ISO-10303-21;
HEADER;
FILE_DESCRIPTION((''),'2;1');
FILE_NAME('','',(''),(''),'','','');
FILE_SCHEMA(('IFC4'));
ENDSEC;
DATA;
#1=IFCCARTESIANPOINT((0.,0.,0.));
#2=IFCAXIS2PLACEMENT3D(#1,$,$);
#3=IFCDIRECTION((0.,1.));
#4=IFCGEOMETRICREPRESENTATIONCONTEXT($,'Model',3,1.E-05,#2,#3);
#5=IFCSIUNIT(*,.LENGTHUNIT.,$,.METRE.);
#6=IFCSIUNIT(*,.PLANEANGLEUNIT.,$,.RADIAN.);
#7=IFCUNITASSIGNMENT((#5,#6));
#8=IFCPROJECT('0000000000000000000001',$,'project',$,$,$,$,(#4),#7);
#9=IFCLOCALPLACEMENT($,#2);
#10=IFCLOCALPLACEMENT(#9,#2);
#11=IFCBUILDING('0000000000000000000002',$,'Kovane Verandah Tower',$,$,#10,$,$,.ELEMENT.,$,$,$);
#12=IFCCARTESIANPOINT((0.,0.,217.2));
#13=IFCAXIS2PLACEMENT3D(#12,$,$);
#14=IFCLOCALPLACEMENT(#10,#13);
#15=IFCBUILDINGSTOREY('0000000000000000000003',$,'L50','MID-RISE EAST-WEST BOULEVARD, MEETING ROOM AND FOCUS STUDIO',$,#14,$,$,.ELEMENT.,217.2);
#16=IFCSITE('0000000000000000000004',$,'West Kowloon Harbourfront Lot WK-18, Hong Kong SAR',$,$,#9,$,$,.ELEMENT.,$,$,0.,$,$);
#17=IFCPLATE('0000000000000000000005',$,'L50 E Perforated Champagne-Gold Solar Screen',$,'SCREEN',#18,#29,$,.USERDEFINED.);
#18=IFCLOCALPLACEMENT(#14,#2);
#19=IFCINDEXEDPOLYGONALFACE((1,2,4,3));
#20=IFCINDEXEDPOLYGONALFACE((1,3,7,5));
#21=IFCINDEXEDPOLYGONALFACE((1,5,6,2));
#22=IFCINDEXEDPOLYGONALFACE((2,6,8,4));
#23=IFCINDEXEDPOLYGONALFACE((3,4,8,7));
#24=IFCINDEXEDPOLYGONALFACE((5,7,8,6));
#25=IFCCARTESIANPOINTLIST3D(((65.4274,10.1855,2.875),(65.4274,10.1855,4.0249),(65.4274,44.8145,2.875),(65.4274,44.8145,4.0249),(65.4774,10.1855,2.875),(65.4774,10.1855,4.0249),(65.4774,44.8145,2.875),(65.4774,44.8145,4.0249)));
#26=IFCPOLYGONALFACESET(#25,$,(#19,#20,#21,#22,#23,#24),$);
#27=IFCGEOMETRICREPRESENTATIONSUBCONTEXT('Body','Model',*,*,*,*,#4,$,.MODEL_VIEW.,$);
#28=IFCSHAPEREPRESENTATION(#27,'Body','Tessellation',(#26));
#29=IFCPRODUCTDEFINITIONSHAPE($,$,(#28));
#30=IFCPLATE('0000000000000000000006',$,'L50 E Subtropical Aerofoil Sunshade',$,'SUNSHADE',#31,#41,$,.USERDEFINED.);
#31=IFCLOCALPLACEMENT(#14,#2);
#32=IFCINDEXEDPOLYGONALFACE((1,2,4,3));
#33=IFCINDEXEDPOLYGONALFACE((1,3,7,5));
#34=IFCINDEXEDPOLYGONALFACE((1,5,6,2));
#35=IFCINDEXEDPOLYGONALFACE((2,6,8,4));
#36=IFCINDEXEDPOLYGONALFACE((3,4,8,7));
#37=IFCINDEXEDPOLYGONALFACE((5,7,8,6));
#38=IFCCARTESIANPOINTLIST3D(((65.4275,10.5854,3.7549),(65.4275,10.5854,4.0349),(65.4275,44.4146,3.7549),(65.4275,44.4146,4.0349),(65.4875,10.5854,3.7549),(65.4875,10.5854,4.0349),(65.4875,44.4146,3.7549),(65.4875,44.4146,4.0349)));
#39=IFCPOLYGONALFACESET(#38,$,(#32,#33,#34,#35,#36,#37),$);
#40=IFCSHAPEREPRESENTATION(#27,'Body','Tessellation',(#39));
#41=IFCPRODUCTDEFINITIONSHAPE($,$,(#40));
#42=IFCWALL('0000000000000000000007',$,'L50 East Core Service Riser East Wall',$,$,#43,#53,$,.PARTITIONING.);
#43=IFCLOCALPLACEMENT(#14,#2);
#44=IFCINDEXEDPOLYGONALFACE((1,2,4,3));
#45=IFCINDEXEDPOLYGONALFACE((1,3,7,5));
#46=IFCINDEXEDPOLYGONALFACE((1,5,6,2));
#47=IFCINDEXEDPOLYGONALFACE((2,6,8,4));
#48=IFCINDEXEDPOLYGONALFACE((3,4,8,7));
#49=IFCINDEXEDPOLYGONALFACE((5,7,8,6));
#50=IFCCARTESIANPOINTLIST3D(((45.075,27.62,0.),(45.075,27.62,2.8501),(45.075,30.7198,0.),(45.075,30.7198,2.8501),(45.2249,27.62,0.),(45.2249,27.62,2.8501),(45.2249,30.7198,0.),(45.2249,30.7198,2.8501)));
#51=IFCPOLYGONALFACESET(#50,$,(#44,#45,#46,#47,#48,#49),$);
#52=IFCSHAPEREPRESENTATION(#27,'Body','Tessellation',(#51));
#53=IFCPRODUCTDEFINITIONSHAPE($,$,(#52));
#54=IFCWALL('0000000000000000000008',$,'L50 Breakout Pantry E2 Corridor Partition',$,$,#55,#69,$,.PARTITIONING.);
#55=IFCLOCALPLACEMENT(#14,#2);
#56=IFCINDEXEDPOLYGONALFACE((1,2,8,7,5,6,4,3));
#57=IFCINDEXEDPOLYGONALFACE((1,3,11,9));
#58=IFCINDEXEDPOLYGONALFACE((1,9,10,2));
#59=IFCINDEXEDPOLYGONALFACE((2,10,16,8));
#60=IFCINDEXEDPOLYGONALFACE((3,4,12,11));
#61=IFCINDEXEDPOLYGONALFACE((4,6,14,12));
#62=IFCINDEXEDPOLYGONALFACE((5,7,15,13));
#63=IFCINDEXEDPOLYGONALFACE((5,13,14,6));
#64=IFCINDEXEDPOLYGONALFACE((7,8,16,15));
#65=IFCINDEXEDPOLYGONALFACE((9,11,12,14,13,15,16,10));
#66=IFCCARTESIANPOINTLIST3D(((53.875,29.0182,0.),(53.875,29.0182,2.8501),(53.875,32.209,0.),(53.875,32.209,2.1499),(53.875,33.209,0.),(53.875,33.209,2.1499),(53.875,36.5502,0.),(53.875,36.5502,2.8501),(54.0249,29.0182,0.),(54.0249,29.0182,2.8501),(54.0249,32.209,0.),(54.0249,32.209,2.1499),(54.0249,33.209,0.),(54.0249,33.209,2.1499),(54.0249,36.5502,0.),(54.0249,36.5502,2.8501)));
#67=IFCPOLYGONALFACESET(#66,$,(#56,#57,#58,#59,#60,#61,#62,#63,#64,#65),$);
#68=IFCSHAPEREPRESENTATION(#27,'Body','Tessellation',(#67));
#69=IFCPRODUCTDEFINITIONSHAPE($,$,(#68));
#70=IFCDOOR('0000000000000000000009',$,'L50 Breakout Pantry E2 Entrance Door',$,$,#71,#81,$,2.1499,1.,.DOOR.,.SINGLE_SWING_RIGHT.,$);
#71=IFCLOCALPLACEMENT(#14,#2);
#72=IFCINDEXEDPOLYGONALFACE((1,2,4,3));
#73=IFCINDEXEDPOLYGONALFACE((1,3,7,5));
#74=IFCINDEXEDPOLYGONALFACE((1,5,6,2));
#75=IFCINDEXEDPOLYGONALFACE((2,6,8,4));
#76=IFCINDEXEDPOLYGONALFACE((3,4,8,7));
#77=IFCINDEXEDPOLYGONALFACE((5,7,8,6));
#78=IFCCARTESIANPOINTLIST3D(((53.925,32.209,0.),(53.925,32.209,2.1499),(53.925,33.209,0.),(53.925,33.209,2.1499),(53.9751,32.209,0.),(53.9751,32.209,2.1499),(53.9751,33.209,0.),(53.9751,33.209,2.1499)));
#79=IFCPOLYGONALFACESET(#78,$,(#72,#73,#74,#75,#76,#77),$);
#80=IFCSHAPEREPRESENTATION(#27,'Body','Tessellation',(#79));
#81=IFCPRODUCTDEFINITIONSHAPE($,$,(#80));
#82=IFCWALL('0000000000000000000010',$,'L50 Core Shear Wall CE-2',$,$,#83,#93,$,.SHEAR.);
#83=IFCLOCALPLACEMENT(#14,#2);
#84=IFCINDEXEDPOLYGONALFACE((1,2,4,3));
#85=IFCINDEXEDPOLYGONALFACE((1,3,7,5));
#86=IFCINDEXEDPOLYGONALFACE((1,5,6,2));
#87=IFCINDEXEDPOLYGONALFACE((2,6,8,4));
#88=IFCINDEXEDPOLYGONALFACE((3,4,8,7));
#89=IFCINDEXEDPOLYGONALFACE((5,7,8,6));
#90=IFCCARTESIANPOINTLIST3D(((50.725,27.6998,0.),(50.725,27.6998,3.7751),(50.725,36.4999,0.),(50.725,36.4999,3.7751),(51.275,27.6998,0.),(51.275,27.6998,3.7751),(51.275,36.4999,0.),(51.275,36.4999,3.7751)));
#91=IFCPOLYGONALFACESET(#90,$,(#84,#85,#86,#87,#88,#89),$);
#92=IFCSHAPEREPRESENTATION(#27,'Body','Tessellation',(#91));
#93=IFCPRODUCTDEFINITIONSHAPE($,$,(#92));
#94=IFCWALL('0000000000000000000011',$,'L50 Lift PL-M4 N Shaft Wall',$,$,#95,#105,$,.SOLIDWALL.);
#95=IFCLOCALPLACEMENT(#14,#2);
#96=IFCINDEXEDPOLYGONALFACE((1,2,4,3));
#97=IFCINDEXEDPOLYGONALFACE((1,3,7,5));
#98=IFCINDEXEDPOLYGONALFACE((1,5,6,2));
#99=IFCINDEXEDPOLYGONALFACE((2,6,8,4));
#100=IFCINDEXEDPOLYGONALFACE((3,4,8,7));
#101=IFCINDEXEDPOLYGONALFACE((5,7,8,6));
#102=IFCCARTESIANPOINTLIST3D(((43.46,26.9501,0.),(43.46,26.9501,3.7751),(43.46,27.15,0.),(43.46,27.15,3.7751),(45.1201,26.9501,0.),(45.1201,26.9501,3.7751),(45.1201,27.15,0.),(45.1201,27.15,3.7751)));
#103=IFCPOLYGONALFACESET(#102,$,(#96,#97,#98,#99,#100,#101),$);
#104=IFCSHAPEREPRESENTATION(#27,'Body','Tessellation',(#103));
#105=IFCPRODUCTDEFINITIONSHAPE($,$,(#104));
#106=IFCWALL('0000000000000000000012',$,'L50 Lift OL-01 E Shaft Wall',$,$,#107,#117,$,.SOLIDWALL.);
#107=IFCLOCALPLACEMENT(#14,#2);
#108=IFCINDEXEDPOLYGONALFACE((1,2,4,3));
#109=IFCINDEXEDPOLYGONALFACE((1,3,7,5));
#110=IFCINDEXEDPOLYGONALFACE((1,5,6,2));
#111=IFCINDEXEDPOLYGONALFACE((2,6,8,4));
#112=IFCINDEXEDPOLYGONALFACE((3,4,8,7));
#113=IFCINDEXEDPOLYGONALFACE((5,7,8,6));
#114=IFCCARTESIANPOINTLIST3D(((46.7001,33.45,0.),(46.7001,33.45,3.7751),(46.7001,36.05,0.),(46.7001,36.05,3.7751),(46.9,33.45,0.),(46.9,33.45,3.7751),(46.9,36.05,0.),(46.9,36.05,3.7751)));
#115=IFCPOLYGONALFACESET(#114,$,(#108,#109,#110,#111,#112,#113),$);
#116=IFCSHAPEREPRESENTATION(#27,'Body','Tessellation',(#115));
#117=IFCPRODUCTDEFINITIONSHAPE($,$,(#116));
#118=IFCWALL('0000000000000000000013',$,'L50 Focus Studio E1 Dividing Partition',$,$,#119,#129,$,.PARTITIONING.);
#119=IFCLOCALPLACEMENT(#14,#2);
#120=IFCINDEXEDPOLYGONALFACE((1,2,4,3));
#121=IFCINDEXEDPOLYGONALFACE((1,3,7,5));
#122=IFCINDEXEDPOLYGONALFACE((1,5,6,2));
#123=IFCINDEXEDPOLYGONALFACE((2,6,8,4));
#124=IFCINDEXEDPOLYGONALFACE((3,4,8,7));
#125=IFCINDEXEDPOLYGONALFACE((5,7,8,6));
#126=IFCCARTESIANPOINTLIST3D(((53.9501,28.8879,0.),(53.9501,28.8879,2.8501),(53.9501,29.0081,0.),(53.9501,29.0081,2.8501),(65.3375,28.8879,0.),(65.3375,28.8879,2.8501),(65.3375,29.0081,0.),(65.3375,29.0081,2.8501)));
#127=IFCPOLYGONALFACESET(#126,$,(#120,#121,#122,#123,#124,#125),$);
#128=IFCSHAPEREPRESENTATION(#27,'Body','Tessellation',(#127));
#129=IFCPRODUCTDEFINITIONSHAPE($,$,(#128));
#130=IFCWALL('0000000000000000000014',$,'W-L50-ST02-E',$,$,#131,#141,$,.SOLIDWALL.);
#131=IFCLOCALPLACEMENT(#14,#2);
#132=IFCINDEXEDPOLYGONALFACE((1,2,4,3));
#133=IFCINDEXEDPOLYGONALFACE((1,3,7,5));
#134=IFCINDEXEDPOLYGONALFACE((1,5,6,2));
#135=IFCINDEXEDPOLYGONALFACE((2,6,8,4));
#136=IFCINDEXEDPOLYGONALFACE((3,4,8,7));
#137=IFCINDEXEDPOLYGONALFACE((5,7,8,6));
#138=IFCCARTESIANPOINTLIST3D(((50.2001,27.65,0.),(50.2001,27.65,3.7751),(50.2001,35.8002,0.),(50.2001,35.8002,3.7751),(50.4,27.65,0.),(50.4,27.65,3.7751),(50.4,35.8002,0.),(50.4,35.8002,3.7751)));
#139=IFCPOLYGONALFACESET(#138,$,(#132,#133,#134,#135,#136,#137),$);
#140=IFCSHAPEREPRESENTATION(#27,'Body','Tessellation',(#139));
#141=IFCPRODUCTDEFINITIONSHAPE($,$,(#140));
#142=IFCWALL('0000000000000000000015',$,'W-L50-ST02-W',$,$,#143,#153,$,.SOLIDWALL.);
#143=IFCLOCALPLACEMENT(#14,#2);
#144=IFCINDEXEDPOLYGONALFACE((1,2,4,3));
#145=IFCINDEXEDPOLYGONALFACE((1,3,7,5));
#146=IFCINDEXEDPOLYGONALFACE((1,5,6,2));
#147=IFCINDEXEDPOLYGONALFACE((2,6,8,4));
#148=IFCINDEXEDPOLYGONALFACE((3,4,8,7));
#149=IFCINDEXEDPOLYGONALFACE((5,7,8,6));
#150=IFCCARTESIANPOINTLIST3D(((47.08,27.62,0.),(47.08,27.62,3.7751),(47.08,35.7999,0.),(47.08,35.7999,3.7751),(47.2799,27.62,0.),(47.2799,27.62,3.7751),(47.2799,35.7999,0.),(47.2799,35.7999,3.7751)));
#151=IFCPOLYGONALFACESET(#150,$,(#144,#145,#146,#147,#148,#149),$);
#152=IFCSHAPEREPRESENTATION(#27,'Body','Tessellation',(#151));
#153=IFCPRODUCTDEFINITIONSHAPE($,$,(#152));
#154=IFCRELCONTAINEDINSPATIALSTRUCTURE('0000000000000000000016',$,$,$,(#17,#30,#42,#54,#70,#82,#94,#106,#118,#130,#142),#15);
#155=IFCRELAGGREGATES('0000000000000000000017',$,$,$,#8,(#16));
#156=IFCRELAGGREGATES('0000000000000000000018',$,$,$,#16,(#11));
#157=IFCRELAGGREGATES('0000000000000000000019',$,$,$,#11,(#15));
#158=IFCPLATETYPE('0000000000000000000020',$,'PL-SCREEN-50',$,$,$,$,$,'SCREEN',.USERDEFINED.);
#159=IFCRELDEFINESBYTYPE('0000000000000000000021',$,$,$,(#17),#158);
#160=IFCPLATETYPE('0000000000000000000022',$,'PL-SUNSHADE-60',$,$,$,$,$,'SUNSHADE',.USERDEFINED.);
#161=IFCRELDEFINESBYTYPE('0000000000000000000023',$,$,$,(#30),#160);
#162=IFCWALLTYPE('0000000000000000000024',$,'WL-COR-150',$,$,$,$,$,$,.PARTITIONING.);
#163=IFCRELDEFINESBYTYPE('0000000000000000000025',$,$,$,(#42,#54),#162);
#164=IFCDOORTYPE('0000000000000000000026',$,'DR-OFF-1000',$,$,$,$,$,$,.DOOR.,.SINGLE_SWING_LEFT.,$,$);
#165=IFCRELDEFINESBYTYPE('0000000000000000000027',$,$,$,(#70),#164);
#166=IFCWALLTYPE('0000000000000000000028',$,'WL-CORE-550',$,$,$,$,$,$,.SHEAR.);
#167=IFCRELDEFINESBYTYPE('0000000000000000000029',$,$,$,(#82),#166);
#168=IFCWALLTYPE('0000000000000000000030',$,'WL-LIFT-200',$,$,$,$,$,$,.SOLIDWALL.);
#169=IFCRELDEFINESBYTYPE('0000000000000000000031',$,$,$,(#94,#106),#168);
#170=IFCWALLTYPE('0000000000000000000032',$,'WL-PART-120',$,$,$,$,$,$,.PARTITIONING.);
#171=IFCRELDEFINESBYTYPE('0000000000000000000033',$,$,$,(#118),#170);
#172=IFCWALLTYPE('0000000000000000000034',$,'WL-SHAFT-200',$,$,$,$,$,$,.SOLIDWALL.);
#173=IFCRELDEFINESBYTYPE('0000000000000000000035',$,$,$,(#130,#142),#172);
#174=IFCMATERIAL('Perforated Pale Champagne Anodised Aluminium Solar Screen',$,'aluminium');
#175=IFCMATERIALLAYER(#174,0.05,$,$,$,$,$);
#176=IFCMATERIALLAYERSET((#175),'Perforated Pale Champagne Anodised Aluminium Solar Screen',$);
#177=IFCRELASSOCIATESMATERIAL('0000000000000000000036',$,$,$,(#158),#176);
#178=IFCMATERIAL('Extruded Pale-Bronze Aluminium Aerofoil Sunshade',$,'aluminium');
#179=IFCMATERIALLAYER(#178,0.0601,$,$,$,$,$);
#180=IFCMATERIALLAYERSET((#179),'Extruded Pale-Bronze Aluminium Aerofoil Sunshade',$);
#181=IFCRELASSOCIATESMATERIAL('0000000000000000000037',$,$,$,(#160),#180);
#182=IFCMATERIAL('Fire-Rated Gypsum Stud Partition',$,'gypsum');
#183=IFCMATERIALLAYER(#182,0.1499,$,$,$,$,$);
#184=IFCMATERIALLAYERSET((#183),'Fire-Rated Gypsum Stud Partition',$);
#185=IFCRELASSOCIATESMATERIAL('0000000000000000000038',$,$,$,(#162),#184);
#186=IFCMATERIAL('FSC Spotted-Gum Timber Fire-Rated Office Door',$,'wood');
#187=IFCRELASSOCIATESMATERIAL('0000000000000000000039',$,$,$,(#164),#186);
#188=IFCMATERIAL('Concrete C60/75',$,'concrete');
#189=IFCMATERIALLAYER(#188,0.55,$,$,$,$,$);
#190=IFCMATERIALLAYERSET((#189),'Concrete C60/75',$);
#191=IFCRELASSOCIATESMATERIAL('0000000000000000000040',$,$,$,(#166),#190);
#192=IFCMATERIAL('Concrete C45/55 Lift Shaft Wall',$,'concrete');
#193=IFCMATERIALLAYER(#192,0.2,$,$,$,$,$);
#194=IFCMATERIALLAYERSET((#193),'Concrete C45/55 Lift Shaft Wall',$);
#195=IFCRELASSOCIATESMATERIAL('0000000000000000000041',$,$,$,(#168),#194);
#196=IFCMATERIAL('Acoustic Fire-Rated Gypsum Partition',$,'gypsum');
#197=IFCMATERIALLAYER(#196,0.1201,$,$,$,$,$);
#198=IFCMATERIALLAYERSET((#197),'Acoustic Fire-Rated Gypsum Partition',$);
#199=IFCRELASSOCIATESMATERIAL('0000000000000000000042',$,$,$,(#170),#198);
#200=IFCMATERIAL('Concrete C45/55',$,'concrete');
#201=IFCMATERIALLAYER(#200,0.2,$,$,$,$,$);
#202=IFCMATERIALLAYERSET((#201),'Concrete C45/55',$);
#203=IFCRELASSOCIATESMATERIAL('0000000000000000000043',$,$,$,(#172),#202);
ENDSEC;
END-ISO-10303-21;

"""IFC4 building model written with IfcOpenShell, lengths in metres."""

from ifc_helpers import new_model, si_unit, direction, frame, frame_2d, origin, origin_2d, place, context, subcontext, project, spatial, rectangle, extrude, material, layer, layer_set, type_object, element, fill, save


model = new_model("IFC4")

# Units and contexts
model_context = context("Model", 3, precision=1e-05, world=origin(), true_north=direction((0.0, 1.0)))
body_context = subcontext(model_context, "Body", "Model", "MODEL_VIEW")
ifc_project = project(units=[si_unit("LENGTHUNIT", "METRE"), si_unit("PLANEANGLEUNIT", "RADIAN")], contexts=[model_context])

# Site, building, storey
site_placement = place(None, origin())
site = spatial("IfcSite", under=ifc_project, at=site_placement, Name="West Kowloon Harbourfront Lot WK-18, Hong Kong SAR", CompositionType="ELEMENT", RefElevation=0.0)
building_placement = place(site_placement, origin())
building = spatial("IfcBuilding", under=site, at=building_placement, Name="Kovane Verandah Tower", CompositionType="ELEMENT")
storey_placement = place(building_placement, frame((0.0, 0.0, 217.2)))
storey = spatial("IfcBuildingStorey", under=building, at=storey_placement, Name="L50", Description="MID-RISE EAST-WEST BOULEVARD, MEETING ROOM AND FOCUS STUDIO", CompositionType="ELEMENT", Elevation=217.2)

# Plates
ifc_material_1 = material(Name="Perforated Pale Champagne Anodised Aluminium Solar Screen", Category="aluminium")
ifc_layer_1 = layer(ifc_material_1, 0.05)
ifc_layer_set_1 = layer_set([ifc_layer_1], Name="Perforated Pale Champagne Anodised Aluminium Solar Screen")
plate_type_1 = type_object("IfcPlateType", Name="PL-SCREEN-50", ElementType="SCREEN", PredefinedType="USERDEFINED", material=ifc_layer_set_1)
plate_1_placement = place(storey_placement, frame((65.4524, 27.5, 2.875), z_axis=(0.0, 0.0, 1.0), x_axis=(0.0, 1.0, 0.0)))
element("IfcPlate", 1, at=plate_1_placement, inside=storey, type_object=plate_type_1, Name="L50 E Perforated Champagne-Gold Solar Screen", ObjectType="SCREEN", PredefinedType="USERDEFINED", context=body_context, shape_type="SweptSolid", body=[
    extrude(rectangle(XDim=34.6289, YDim=0.05, at=origin_2d()), origin(), (0.0, 0.0, 1.0), 1.1499),
])
ifc_material_2 = material(Name="Extruded Pale-Bronze Aluminium Aerofoil Sunshade", Category="aluminium")
ifc_layer_2 = layer(ifc_material_2, 0.0601)
ifc_layer_set_2 = layer_set([ifc_layer_2], Name="Extruded Pale-Bronze Aluminium Aerofoil Sunshade")
plate_type_2 = type_object("IfcPlateType", Name="PL-SUNSHADE-60", ElementType="SUNSHADE", PredefinedType="USERDEFINED", material=ifc_layer_set_2)
plate_2_placement = place(storey_placement, frame((65.4575, 27.5, 3.7549), z_axis=(0.0, 0.0, 1.0), x_axis=(0.0, 1.0, 0.0)))
element("IfcPlate", 2, at=plate_2_placement, inside=storey, type_object=plate_type_2, Name="L50 E Subtropical Aerofoil Sunshade", ObjectType="SUNSHADE", PredefinedType="USERDEFINED", context=body_context, shape_type="SweptSolid", body=[
    extrude(rectangle(XDim=33.8291, YDim=0.0601, at=origin_2d()), origin(), (0.0, 0.0, 1.0), 0.28),
])

# Wall
ifc_material_3 = material(Name="Fire-Rated Gypsum Stud Partition", Category="gypsum")
ifc_layer_3 = layer(ifc_material_3, 0.1499)
ifc_layer_set_3 = layer_set([ifc_layer_3], Name="Fire-Rated Gypsum Stud Partition")
wall_type_1 = type_object("IfcWallType", Name="WL-COR-150", PredefinedType="PARTITIONING", material=ifc_layer_set_3)
wall_1_placement = place(storey_placement, frame((45.1499, 27.6201, 0.0), z_axis=(0.0, 0.0, 1.0), x_axis=(0.0, 1.0, 0.0)))
element("IfcWall", 3, at=wall_1_placement, inside=storey, type_object=wall_type_1, Name="L50 East Core Service Riser East Wall", PredefinedType="PARTITIONING", context=body_context, shape_type="SweptSolid", body=[
    extrude(rectangle(XDim=3.0999, YDim=0.1499, at=frame_2d((1.5498, 0.0))), origin(), (0.0, 0.0, 1.0), 2.8501),
])

# Wall, opening, door
wall_2_placement = place(storey_placement, frame((53.95, 29.0181, 0.0), z_axis=(0.0, 0.0, 1.0), x_axis=(0.0, 1.0, 0.0)))
wall_2 = element("IfcWall", 4, at=wall_2_placement, inside=storey, type_object=wall_type_1, Name="L50 Breakout Pantry E2 Corridor Partition", PredefinedType="PARTITIONING", context=body_context, shape_type="SweptSolid", body=[
    extrude(rectangle(XDim=7.532, YDim=0.1499, at=frame_2d((3.7661, 0.0))), origin(), (0.0, 0.0, 1.0), 2.8501),
])
opening_1_placement = place(wall_2_placement, frame((3.1909, 0.0, 0.0)))
opening_1 = element("IfcOpeningElement", 5, at=opening_1_placement, cuts=wall_2, PredefinedType="OPENING", context=body_context, shape_type="SweptSolid", body=[
    extrude(rectangle(XDim=1.0, YDim=2.1499, at=frame_2d((0.5, 1.075))), frame((0.0, 0.075, 0.0), z_axis=(0.0, -1.0, 0.0), x_axis=(1.0, 0.0, 0.0)), (0.0, 0.0, 1.0), 0.1499),
])
ifc_material_4 = material(Name="FSC Spotted-Gum Timber Fire-Rated Office Door", Category="wood")
door_type_1 = type_object("IfcDoorType", Name="DR-OFF-1000", OperationType="SINGLE_SWING_LEFT", PredefinedType="DOOR", material=ifc_material_4)
door_1_placement = place(opening_1_placement, origin())
door_1 = element("IfcDoor", 6, at=door_1_placement, inside=storey, type_object=door_type_1, Name="L50 Breakout Pantry E2 Entrance Door", OperationType="SINGLE_SWING_RIGHT", OverallHeight=2.1499, OverallWidth=1.0, PredefinedType="DOOR", context=body_context, shape_type="SweptSolid", body=[
    extrude(rectangle(XDim=1.0, YDim=2.1499, at=frame_2d((0.5, 1.075))), frame((0.0, 0.0249, 0.0), z_axis=(0.0, -1.0, 0.0), x_axis=(1.0, 0.0, 0.0)), (0.0, 0.0, 1.0), 0.05),
])
fill(opening_1, door_1)

# Wall
ifc_material_5 = material(Name="Concrete C60/75", Category="concrete")
ifc_layer_4 = layer(ifc_material_5, 0.55)
ifc_layer_set_4 = layer_set([ifc_layer_4], Name="Concrete C60/75")
wall_type_2 = type_object("IfcWallType", Name="WL-CORE-550", PredefinedType="SHEAR", material=ifc_layer_set_4)
wall_3_placement = place(storey_placement, frame((51.0, 27.7, 0.0), z_axis=(0.0, 0.0, 1.0), x_axis=(0.0, 1.0, 0.0)))
element("IfcWall", 7, at=wall_3_placement, inside=storey, type_object=wall_type_2, Name="L50 Core Shear Wall CE-2", PredefinedType="SHEAR", context=body_context, shape_type="SweptSolid", body=[
    extrude(rectangle(XDim=8.8, YDim=0.55, at=frame_2d((4.3999, 0.0))), origin(), (0.0, 0.0, 1.0), 3.7751),
])

# Walls
ifc_material_6 = material(Name="Concrete C45/55 Lift Shaft Wall", Category="concrete")
ifc_layer_5 = layer(ifc_material_6, 0.2)
ifc_layer_set_5 = layer_set([ifc_layer_5], Name="Concrete C45/55 Lift Shaft Wall")
wall_type_3 = type_object("IfcWallType", Name="WL-LIFT-200", PredefinedType="SOLIDWALL", material=ifc_layer_set_5)
wall_4_placement = place(storey_placement, frame((45.1201, 27.05, 0.0), z_axis=(0.0, 0.0, 1.0), x_axis=(-1.0, 0.0, 0.0)))
element("IfcWall", 8, at=wall_4_placement, inside=storey, type_object=wall_type_3, Name="L50 Lift PL-M4 N Shaft Wall", PredefinedType="SOLIDWALL", context=body_context, shape_type="SweptSolid", body=[
    extrude(rectangle(XDim=1.6602, YDim=0.2, at=frame_2d((0.8301, 0.0))), origin(), (0.0, 0.0, 1.0), 3.7751),
])
wall_5_placement = place(storey_placement, frame((46.8, 33.45, 0.0), z_axis=(0.0, 0.0, 1.0), x_axis=(0.0, 1.0, 0.0)))
element("IfcWall", 9, at=wall_5_placement, inside=storey, type_object=wall_type_3, Name="L50 Lift OL-01 E Shaft Wall", PredefinedType="SOLIDWALL", context=body_context, shape_type="SweptSolid", body=[
    extrude(rectangle(XDim=2.6001, YDim=0.2, at=frame_2d((1.3, 0.0))), origin(), (0.0, 0.0, 1.0), 3.7751),
])
ifc_material_7 = material(Name="Acoustic Fire-Rated Gypsum Partition", Category="gypsum")
ifc_layer_6 = layer(ifc_material_7, 0.1201)
ifc_layer_set_6 = layer_set([ifc_layer_6], Name="Acoustic Fire-Rated Gypsum Partition")
wall_type_4 = type_object("IfcWallType", Name="WL-PART-120", PredefinedType="PARTITIONING", material=ifc_layer_set_6)
wall_6_placement = place(storey_placement, frame((53.95, 28.948, 0.0), z_axis=(0.0, 0.0, 1.0), x_axis=(1.0, 0.0, 0.0)))
element("IfcWall", 10, at=wall_6_placement, inside=storey, type_object=wall_type_4, Name="L50 Focus Studio E1 Dividing Partition", PredefinedType="PARTITIONING", context=body_context, shape_type="SweptSolid", body=[
    extrude(rectangle(XDim=11.3875, YDim=0.1201, at=frame_2d((5.6938, 0.0))), origin(), (0.0, 0.0, 1.0), 2.8501),
])
ifc_material_8 = material(Name="Concrete C45/55", Category="concrete")
ifc_layer_7 = layer(ifc_material_8, 0.2)
ifc_layer_set_7 = layer_set([ifc_layer_7], Name="Concrete C45/55")
wall_type_5 = type_object("IfcWallType", Name="WL-SHAFT-200", PredefinedType="SOLIDWALL", material=ifc_layer_set_7)
wall_7_placement = place(storey_placement, frame((50.3, 27.6499, 0.0), z_axis=(0.0, 0.0, 1.0), x_axis=(0.0, 1.0, 0.0)))
element("IfcWall", 11, at=wall_7_placement, inside=storey, type_object=wall_type_5, Name="W-L50-ST02-E", PredefinedType="SOLIDWALL", context=body_context, shape_type="SweptSolid", body=[
    extrude(rectangle(XDim=8.1501, YDim=0.2, at=frame_2d((4.0752, 0.0))), origin(), (0.0, 0.0, 1.0), 3.7751),
])
wall_8_placement = place(storey_placement, frame((47.1799, 27.6201, 0.0), z_axis=(0.0, 0.0, 1.0), x_axis=(0.0, 1.0, 0.0)))
element("IfcWall", 12, at=wall_8_placement, inside=storey, type_object=wall_type_5, Name="W-L50-ST02-W", PredefinedType="SOLIDWALL", context=body_context, shape_type="SweptSolid", body=[
    extrude(rectangle(XDim=8.1799, YDim=0.2, at=frame_2d((4.0898, 0.0))), origin(), (0.0, 0.0, 1.0), 3.7751),
])

save(model, "model.ifc")
